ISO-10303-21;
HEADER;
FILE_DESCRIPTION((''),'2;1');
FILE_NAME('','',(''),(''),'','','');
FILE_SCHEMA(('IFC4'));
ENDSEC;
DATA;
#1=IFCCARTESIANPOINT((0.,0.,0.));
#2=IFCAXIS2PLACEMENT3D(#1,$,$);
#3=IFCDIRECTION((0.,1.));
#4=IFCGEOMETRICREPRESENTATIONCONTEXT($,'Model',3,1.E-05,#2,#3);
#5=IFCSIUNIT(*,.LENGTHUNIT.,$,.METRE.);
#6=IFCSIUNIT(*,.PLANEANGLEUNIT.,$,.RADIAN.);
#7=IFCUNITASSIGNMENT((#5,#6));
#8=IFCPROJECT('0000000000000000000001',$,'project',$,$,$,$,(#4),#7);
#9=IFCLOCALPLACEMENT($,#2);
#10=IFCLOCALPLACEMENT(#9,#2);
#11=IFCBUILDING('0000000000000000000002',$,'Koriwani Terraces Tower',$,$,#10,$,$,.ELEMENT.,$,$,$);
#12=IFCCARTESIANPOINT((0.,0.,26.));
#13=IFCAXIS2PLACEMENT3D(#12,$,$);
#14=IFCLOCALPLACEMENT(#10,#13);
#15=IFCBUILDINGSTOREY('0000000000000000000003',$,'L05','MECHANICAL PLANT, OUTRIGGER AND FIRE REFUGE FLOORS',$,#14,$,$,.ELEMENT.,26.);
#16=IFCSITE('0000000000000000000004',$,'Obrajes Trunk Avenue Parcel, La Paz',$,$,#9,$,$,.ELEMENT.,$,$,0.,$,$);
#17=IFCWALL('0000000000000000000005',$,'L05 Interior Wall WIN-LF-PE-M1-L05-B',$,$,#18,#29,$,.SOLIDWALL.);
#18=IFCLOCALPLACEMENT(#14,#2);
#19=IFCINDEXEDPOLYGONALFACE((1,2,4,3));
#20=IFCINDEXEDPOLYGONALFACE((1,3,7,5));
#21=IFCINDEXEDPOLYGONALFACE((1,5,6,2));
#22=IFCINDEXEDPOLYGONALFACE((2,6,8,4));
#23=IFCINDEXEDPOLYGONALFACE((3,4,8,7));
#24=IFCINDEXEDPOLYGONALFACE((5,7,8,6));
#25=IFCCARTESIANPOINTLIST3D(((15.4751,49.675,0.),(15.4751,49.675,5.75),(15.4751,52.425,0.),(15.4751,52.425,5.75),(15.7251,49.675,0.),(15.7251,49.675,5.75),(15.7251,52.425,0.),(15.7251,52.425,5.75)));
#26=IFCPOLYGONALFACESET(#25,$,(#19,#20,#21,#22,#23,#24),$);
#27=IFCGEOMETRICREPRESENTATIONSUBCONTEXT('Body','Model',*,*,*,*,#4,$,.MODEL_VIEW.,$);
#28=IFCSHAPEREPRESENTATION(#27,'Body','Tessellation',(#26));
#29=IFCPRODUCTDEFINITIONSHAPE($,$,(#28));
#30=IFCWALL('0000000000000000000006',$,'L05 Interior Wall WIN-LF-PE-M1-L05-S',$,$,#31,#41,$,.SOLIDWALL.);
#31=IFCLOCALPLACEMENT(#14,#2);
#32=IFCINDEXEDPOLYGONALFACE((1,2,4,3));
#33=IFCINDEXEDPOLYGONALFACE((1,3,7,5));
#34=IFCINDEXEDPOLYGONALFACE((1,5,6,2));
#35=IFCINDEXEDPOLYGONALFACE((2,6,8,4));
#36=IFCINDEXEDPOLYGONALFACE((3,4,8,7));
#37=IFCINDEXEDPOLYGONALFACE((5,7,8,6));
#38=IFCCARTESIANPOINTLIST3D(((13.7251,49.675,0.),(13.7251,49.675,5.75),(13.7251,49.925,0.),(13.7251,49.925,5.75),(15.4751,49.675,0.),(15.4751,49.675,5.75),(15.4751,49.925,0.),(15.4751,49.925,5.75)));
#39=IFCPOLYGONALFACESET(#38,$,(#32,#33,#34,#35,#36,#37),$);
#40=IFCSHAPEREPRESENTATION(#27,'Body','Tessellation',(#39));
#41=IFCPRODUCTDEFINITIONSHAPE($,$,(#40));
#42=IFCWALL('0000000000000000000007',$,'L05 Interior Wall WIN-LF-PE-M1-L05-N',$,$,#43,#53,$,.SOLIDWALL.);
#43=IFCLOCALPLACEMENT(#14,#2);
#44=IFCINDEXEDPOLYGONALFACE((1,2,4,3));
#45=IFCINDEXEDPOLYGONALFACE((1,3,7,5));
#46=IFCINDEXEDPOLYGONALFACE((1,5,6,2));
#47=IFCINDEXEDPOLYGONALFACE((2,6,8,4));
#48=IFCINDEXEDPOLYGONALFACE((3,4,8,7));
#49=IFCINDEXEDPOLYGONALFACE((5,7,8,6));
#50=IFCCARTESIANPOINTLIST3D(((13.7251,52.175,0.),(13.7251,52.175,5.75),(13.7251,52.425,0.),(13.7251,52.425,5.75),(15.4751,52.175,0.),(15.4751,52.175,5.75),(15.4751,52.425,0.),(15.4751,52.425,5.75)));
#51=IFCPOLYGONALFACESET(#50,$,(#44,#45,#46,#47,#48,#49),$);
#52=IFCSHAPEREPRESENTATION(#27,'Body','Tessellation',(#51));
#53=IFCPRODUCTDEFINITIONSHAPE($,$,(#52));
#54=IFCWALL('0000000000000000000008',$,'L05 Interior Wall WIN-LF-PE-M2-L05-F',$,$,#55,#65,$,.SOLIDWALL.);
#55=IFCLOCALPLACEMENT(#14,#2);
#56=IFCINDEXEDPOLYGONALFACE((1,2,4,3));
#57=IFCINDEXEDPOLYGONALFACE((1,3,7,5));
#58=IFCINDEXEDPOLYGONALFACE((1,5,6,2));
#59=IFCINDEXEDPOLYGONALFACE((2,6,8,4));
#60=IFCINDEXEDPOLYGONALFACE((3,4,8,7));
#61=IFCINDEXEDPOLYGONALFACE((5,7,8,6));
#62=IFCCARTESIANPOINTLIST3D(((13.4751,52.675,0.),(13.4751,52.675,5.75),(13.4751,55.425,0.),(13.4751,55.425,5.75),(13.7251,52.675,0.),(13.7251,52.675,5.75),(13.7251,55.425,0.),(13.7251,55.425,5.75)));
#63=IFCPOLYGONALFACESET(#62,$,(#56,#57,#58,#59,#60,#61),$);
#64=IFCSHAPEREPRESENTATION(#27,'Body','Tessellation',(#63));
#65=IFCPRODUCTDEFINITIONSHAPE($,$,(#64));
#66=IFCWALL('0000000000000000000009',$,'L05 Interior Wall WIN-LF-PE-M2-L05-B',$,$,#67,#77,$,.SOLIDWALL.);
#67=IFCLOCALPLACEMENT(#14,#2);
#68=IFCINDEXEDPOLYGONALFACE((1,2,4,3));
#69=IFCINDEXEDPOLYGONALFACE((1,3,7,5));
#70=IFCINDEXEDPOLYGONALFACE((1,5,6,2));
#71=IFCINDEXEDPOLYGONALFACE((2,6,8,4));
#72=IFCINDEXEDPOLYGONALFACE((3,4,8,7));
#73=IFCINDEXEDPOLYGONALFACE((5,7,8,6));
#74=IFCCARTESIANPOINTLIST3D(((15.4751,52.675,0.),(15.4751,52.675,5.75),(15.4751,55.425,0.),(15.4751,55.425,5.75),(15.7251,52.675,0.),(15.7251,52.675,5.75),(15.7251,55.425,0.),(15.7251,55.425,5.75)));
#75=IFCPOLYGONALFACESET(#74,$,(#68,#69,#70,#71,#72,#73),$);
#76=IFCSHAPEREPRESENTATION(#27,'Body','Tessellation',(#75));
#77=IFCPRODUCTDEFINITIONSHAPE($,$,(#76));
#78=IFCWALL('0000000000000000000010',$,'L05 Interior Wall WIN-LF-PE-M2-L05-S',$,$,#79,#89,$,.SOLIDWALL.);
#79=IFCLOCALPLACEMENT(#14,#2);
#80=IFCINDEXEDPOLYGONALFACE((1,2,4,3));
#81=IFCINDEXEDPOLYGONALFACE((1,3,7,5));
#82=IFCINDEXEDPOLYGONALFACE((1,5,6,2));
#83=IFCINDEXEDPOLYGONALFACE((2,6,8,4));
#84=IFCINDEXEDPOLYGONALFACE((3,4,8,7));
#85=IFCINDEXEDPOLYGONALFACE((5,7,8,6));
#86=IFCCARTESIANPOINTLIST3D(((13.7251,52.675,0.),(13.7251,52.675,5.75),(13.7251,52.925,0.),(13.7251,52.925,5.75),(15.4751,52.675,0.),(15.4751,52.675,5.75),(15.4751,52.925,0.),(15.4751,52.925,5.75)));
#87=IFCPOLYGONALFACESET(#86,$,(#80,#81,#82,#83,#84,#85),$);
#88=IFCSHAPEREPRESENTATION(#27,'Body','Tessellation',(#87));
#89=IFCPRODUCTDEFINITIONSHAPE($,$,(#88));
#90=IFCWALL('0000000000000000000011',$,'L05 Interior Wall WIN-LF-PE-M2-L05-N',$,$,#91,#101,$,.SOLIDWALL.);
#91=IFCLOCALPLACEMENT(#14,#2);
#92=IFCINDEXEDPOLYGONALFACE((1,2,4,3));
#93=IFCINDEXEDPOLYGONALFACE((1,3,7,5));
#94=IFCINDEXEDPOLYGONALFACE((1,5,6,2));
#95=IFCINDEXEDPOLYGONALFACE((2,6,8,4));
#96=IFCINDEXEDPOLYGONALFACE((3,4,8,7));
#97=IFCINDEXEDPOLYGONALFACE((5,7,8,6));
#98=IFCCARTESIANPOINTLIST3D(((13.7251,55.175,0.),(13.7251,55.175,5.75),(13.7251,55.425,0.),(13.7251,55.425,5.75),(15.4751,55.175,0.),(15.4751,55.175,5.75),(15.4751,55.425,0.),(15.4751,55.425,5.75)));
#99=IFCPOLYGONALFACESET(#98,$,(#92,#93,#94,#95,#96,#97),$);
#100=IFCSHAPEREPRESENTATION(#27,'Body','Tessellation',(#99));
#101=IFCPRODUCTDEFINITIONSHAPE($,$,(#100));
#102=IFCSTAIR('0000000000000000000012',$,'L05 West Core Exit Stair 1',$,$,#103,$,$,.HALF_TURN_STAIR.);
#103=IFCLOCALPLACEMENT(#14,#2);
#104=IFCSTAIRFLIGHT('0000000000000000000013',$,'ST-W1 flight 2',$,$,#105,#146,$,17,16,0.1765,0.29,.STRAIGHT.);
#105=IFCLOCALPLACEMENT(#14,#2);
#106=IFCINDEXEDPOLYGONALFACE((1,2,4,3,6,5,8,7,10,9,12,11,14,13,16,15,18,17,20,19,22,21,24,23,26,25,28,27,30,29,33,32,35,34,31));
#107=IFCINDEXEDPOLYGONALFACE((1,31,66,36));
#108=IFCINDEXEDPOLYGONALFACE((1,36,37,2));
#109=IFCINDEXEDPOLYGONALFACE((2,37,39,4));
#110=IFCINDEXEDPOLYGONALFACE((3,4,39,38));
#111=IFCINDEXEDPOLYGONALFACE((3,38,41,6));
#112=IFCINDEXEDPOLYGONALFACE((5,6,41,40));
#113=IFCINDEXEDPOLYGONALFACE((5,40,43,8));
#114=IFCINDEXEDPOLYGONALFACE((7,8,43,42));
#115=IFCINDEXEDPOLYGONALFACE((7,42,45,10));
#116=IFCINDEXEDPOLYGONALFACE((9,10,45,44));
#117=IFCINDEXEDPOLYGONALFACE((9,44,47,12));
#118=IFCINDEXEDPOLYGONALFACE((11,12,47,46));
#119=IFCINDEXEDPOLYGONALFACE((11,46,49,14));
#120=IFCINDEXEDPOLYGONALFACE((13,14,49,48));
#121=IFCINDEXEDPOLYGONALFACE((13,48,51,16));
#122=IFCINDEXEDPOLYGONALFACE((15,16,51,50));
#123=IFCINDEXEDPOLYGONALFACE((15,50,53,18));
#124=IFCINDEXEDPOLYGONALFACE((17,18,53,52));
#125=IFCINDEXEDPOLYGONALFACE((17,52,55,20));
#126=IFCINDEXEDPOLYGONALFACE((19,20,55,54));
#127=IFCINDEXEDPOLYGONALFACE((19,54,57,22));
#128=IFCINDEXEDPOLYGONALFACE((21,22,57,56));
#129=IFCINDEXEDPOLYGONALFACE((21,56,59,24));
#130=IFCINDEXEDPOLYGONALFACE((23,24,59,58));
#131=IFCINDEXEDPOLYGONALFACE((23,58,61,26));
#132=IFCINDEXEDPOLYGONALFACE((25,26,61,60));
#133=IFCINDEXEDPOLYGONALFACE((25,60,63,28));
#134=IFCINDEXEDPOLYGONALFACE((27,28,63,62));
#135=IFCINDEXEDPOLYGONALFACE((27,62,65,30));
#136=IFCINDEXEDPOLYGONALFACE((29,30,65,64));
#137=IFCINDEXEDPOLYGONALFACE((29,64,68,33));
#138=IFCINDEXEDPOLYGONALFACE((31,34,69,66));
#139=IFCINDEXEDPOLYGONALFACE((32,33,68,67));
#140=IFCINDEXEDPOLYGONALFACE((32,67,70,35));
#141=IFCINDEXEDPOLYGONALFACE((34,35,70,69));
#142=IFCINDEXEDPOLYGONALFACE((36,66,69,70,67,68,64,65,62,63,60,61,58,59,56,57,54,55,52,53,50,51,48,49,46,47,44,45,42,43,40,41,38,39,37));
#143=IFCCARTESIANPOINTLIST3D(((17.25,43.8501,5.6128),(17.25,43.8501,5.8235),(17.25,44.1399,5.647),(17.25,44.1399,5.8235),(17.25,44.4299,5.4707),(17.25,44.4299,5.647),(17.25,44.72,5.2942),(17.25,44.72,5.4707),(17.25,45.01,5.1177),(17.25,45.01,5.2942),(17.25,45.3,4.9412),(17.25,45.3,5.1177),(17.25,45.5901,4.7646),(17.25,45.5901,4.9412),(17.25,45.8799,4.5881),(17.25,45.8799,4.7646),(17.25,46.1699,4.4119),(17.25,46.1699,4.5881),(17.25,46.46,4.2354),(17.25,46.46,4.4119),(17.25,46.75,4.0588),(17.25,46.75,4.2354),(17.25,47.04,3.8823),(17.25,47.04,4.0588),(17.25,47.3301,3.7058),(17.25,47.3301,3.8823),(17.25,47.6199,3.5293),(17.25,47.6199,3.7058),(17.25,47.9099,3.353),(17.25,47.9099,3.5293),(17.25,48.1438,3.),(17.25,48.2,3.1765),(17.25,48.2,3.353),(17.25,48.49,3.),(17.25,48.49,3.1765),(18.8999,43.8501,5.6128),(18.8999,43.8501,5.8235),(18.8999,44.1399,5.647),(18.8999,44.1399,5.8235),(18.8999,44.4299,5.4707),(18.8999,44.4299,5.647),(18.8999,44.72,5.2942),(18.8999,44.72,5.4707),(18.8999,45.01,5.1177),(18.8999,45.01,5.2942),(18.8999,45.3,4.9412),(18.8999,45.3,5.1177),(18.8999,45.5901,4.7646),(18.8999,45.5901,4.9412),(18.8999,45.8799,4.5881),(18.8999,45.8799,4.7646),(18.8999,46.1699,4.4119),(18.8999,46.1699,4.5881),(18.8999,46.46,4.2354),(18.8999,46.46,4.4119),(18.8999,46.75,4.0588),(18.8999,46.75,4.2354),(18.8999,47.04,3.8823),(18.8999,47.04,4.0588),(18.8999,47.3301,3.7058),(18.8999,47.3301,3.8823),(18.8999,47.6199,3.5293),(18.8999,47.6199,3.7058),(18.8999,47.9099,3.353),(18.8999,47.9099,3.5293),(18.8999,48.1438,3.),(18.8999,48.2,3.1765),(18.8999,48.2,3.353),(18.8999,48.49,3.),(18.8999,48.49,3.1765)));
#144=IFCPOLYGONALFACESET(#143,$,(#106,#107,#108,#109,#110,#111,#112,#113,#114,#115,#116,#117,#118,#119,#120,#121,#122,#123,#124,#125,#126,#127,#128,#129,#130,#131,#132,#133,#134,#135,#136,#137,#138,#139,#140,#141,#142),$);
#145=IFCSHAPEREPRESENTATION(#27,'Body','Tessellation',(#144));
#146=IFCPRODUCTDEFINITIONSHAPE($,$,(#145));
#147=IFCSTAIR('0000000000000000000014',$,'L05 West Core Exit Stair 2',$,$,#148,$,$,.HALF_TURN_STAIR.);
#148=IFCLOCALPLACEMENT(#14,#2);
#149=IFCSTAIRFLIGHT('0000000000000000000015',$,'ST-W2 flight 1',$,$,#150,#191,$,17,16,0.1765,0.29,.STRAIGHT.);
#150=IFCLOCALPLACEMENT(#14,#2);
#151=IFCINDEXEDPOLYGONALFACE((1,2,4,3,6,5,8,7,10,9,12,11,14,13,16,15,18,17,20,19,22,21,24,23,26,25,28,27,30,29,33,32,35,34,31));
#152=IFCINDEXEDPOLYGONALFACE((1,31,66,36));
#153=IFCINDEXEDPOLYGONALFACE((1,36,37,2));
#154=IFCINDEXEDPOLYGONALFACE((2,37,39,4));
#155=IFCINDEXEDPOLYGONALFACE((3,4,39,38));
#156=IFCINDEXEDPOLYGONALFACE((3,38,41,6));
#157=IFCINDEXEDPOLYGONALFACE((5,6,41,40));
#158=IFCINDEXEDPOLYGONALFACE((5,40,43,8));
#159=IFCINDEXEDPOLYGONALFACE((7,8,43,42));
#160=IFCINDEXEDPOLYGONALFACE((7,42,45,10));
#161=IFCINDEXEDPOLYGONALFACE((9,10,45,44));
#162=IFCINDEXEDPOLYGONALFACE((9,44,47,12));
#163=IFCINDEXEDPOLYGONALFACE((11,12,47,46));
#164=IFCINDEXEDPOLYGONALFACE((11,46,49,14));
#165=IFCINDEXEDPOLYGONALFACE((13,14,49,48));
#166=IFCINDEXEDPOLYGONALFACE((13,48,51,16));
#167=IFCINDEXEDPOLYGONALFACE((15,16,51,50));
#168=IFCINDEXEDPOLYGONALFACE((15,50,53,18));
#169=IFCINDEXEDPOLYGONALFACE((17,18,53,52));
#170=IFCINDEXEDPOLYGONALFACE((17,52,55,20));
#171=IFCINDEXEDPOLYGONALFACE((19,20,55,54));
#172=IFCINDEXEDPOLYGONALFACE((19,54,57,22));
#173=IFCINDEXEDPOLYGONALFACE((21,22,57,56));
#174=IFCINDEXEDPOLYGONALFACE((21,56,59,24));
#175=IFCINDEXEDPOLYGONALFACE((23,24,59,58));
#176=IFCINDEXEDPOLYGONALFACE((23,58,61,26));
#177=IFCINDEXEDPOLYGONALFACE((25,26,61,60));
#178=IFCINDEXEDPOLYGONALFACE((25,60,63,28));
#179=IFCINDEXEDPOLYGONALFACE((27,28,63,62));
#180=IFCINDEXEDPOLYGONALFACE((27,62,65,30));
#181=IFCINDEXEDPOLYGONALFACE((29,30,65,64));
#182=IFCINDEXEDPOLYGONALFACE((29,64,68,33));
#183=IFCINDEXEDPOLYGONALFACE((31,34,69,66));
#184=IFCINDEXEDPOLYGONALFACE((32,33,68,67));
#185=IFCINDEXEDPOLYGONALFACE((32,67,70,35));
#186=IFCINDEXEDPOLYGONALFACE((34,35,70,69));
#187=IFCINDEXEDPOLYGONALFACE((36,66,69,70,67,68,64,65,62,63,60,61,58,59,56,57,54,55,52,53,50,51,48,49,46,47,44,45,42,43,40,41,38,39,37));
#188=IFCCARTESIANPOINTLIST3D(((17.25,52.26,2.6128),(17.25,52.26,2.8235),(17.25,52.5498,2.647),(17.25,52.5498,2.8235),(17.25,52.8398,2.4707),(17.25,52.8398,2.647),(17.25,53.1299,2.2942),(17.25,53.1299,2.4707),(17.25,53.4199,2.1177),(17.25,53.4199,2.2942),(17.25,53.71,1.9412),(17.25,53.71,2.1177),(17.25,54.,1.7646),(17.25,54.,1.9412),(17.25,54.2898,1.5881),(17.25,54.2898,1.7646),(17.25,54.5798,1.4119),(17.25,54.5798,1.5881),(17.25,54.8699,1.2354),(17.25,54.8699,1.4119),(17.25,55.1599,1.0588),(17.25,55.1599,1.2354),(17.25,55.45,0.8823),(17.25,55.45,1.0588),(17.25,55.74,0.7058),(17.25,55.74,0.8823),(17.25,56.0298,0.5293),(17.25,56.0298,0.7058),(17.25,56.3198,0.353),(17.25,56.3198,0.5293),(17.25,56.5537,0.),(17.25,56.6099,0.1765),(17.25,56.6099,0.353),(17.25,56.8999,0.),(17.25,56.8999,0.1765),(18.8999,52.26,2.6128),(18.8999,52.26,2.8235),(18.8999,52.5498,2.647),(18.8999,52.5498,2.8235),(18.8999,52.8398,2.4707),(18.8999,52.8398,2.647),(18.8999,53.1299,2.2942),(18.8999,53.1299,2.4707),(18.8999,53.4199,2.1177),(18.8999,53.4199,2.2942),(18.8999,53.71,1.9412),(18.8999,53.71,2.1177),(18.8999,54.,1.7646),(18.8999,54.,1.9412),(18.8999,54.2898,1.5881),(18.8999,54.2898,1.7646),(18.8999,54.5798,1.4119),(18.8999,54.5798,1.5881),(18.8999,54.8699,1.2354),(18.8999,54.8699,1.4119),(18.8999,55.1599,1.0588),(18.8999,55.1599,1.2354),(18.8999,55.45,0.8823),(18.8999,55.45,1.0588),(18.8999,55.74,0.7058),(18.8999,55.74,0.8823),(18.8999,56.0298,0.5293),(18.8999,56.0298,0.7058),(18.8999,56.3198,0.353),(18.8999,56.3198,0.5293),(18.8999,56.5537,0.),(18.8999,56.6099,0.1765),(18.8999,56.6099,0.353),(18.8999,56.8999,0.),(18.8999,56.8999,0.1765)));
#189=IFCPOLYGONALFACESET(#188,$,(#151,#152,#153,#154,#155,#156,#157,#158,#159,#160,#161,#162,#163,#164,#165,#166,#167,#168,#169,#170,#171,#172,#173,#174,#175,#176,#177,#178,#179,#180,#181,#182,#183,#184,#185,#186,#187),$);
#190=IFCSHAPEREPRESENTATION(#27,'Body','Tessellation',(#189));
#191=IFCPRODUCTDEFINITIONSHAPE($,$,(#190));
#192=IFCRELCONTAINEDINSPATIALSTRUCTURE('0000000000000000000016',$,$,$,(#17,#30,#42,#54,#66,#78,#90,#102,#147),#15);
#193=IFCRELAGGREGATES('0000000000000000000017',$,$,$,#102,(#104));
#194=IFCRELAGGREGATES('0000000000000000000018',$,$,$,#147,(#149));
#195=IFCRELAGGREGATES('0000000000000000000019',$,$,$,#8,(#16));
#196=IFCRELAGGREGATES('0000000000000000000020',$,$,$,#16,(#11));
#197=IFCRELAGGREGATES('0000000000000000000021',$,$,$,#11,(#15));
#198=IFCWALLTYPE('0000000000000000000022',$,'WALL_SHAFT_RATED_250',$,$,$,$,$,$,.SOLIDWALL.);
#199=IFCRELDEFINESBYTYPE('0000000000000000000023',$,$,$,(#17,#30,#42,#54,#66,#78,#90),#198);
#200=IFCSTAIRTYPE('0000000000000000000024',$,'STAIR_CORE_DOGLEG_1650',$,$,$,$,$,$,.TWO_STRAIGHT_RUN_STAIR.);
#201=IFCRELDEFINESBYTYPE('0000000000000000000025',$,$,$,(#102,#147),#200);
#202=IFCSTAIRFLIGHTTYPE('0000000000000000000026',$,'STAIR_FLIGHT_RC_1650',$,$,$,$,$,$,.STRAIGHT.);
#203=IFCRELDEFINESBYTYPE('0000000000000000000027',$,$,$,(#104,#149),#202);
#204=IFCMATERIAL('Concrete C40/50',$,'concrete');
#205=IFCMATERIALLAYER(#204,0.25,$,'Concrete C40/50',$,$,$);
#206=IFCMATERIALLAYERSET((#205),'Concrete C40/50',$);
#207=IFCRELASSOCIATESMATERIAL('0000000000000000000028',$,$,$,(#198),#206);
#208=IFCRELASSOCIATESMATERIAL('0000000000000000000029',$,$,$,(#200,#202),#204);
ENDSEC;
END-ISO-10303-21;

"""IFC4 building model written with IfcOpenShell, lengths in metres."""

from ifc_helpers import new_model, si_unit, direction, frame, frame_2d, origin, place, context, subcontext, project, spatial, polyline, rectangle, outline, extrude, material, layer, layer_set, type_object, element, aggregate, save


model = new_model("IFC4")

# Units and contexts
model_context = context("Model", 3, precision=1e-05, world=origin(), true_north=direction((0.0, 1.0)))
body_context = subcontext(model_context, "Body", "Model", "MODEL_VIEW")
ifc_project = project(units=[si_unit("LENGTHUNIT", "METRE"), si_unit("PLANEANGLEUNIT", "RADIAN")], contexts=[model_context])

# Site, building, storey
site_placement = place(None, origin())
site = spatial("IfcSite", under=ifc_project, at=site_placement, Name="Obrajes Trunk Avenue Parcel, La Paz", CompositionType="ELEMENT", RefElevation=0.0)
building_placement = place(site_placement, origin())
building = spatial("IfcBuilding", under=site, at=building_placement, Name="Koriwani Terraces Tower", CompositionType="ELEMENT")
storey_placement = place(building_placement, frame((0.0, 0.0, 26.0)))
storey = spatial("IfcBuildingStorey", under=building, at=storey_placement, Name="L05", Description="MECHANICAL PLANT, OUTRIGGER AND FIRE REFUGE FLOORS", CompositionType="ELEMENT", Elevation=26.0)

# Shared definitions
ifc_material_1 = material(Name="Concrete C40/50", Category="concrete")

# Shared definitions
ifc_layer_1 = layer(ifc_material_1, 0.25, Name="Concrete C40/50")
ifc_layer_set_1 = layer_set([ifc_layer_1], Name="Concrete C40/50")
wall_type = type_object("IfcWallType", Name="WALL_SHAFT_RATED_250", PredefinedType="SOLIDWALL", material=ifc_layer_set_1)

# Walls
for number, where, z_axis, x_axis, name in (
    (1, (15.6001, 49.675, 0.0), (0.0, 0.0, 1.0), (0.0, 1.0, 0.0), "L05 Interior Wall WIN-LF-PE-M1-L05-B"),
):
    element("IfcWall", number, at=place(storey_placement, frame(where, z_axis=z_axis, x_axis=x_axis)), inside=storey, type_object=wall_type, Name=name, PredefinedType="SOLIDWALL", context=body_context, shape_type="SweptSolid", body=[
        extrude(rectangle(XDim=2.75, YDim=0.25, at=frame_2d((1.375, 0.0))), origin(), (0.0, 0.0, 1.0), 5.75),
    ])
for number, where, z_axis, x_axis, name in (
    (2, (13.7251, 49.8, 0.0), (0.0, 0.0, 1.0), (1.0, 0.0, 0.0), "L05 Interior Wall WIN-LF-PE-M1-L05-S"),
    (3, (13.7251, 52.3, 0.0), (0.0, 0.0, 1.0), (1.0, 0.0, 0.0), "L05 Interior Wall WIN-LF-PE-M1-L05-N"),
):
    element("IfcWall", number, at=place(storey_placement, frame(where, z_axis=z_axis, x_axis=x_axis)), inside=storey, type_object=wall_type, Name=name, PredefinedType="SOLIDWALL", context=body_context, shape_type="SweptSolid", body=[
        extrude(rectangle(XDim=1.75, YDim=0.25, at=frame_2d((0.875, 0.0))), origin(), (0.0, 0.0, 1.0), 5.75),
    ])
for number, where, z_axis, x_axis, name in (
    (4, (13.6001, 52.675, 0.0), (0.0, 0.0, 1.0), (0.0, 1.0, 0.0), "L05 Interior Wall WIN-LF-PE-M2-L05-F"),
    (5, (15.6001, 52.675, 0.0), (0.0, 0.0, 1.0), (0.0, 1.0, 0.0), "L05 Interior Wall WIN-LF-PE-M2-L05-B"),
):
    element("IfcWall", number, at=place(storey_placement, frame(where, z_axis=z_axis, x_axis=x_axis)), inside=storey, type_object=wall_type, Name=name, PredefinedType="SOLIDWALL", context=body_context, shape_type="SweptSolid", body=[
        extrude(rectangle(XDim=2.75, YDim=0.25, at=frame_2d((1.375, 0.0))), origin(), (0.0, 0.0, 1.0), 5.75),
    ])
for number, where, z_axis, x_axis, name in (
    (6, (13.7251, 52.8, 0.0), (0.0, 0.0, 1.0), (1.0, 0.0, 0.0), "L05 Interior Wall WIN-LF-PE-M2-L05-S"),
    (7, (13.7251, 55.3, 0.0), (0.0, 0.0, 1.0), (1.0, 0.0, 0.0), "L05 Interior Wall WIN-LF-PE-M2-L05-N"),
):
    element("IfcWall", number, at=place(storey_placement, frame(where, z_axis=z_axis, x_axis=x_axis)), inside=storey, type_object=wall_type, Name=name, PredefinedType="SOLIDWALL", context=body_context, shape_type="SweptSolid", body=[
        extrude(rectangle(XDim=1.75, YDim=0.25, at=frame_2d((0.875, 0.0))), origin(), (0.0, 0.0, 1.0), 5.75),
    ])

# Stairs, stair flights
stair_type = type_object("IfcStairType", Name="STAIR_CORE_DOGLEG_1650", PredefinedType="TWO_STRAIGHT_RUN_STAIR", material=ifc_material_1)
stair_1_placement = place(storey_placement, origin())
stair_1 = element("IfcStair", 8, at=stair_1_placement, inside=storey, type_object=stair_type, Name="L05 West Core Exit Stair 1", PredefinedType="HALF_TURN_STAIR")
stair_flight_type = type_object("IfcStairFlightType", Name="STAIR_FLIGHT_RC_1650", PredefinedType="STRAIGHT", material=ifc_material_1)
stair_flight_1_placement = place(storey_placement, frame((18.075, 48.49, 3.0), z_axis=(0.0, 0.0, 1.0), x_axis=(0.0, -1.0, 0.0)))
stair_flight_1 = element("IfcStairFlight", 9, at=stair_flight_1_placement, type_object=stair_flight_type, Name="ST-W1 flight 2", NumberOfRisers=17, NumberOfTreads=16, PredefinedType="STRAIGHT", RiserHeight=0.1765, TreadLength=0.29, context=body_context, shape_type="SweptSolid", body=[
    extrude(outline(polyline([(0.0, 0.0), (0.0, 0.1765), (0.29, 0.1765), (0.29, 0.353), (0.5801, 0.353), (0.5801, 0.5293), (0.8701, 0.5293), (0.8701, 0.7058), (1.1599, 0.7058), (1.1599, 0.8823), (1.45, 0.8823), (1.45, 1.0588), (1.74, 1.0588), (1.74, 1.2354), (2.03, 1.2354), (2.03, 1.4119), (2.3201, 1.4119), (2.3201, 1.5881), (2.6101, 1.5881), (2.6101, 1.7646), (2.8999, 1.7646), (2.8999, 1.9412), (3.1899, 1.9412), (3.1899, 2.1177), (3.48, 2.1177), (3.48, 2.2942), (3.77, 2.2942), (3.77, 2.4707), (4.0601, 2.4707), (4.0601, 2.647), (4.3501, 2.647), (4.3501, 2.8235), (4.6399, 2.8235), (4.6399, 3.0), (4.6399, 2.6128), (0.3462, 0.0), (0.0, 0.0)])), frame((0.0, 0.825, 0.0), z_axis=(0.0, -1.0, 0.0), x_axis=(1.0, 0.0, 0.0)), (0.0, 0.0, 1.0), 1.6499),
])
aggregate(stair_1, [stair_flight_1])
stair_2_placement = place(storey_placement, origin())
stair_2 = element("IfcStair", 10, at=stair_2_placement, inside=storey, type_object=stair_type, Name="L05 West Core Exit Stair 2", PredefinedType="HALF_TURN_STAIR")
stair_flight_2_placement = place(storey_placement, frame((18.075, 56.8999, 0.0), z_axis=(0.0, 0.0, 1.0), x_axis=(0.0, -1.0, 0.0)))
stair_flight_2 = element("IfcStairFlight", 11, at=stair_flight_2_placement, type_object=stair_flight_type, Name="ST-W2 flight 1", NumberOfRisers=17, NumberOfTreads=16, PredefinedType="STRAIGHT", RiserHeight=0.1765, TreadLength=0.29, context=body_context, shape_type="SweptSolid", body=[
    extrude(outline(polyline([(0.0, 0.0), (0.0, 0.1765), (0.29, 0.1765), (0.29, 0.353), (0.5801, 0.353), (0.5801, 0.5293), (0.8701, 0.5293), (0.8701, 0.7058), (1.1599, 0.7058), (1.1599, 0.8823), (1.45, 0.8823), (1.45, 1.0588), (1.74, 1.0588), (1.74, 1.2354), (2.03, 1.2354), (2.03, 1.4119), (2.3201, 1.4119), (2.3201, 1.5881), (2.6101, 1.5881), (2.6101, 1.7646), (2.8999, 1.7646), (2.8999, 1.9412), (3.1899, 1.9412), (3.1899, 2.1177), (3.48, 2.1177), (3.48, 2.2942), (3.77, 2.2942), (3.77, 2.4707), (4.0601, 2.4707), (4.0601, 2.647), (4.3501, 2.647), (4.3501, 2.8235), (4.6399, 2.8235), (4.6399, 3.0), (4.6399, 2.6128), (0.3462, 0.0), (0.0, 0.0)])), frame((0.0, 0.825, 0.0), z_axis=(0.0, -1.0, 0.0), x_axis=(1.0, 0.0, 0.0)), (0.0, 0.0, 1.0), 1.6499),
])
aggregate(stair_2, [stair_flight_2])

save(model, "model.ifc")
